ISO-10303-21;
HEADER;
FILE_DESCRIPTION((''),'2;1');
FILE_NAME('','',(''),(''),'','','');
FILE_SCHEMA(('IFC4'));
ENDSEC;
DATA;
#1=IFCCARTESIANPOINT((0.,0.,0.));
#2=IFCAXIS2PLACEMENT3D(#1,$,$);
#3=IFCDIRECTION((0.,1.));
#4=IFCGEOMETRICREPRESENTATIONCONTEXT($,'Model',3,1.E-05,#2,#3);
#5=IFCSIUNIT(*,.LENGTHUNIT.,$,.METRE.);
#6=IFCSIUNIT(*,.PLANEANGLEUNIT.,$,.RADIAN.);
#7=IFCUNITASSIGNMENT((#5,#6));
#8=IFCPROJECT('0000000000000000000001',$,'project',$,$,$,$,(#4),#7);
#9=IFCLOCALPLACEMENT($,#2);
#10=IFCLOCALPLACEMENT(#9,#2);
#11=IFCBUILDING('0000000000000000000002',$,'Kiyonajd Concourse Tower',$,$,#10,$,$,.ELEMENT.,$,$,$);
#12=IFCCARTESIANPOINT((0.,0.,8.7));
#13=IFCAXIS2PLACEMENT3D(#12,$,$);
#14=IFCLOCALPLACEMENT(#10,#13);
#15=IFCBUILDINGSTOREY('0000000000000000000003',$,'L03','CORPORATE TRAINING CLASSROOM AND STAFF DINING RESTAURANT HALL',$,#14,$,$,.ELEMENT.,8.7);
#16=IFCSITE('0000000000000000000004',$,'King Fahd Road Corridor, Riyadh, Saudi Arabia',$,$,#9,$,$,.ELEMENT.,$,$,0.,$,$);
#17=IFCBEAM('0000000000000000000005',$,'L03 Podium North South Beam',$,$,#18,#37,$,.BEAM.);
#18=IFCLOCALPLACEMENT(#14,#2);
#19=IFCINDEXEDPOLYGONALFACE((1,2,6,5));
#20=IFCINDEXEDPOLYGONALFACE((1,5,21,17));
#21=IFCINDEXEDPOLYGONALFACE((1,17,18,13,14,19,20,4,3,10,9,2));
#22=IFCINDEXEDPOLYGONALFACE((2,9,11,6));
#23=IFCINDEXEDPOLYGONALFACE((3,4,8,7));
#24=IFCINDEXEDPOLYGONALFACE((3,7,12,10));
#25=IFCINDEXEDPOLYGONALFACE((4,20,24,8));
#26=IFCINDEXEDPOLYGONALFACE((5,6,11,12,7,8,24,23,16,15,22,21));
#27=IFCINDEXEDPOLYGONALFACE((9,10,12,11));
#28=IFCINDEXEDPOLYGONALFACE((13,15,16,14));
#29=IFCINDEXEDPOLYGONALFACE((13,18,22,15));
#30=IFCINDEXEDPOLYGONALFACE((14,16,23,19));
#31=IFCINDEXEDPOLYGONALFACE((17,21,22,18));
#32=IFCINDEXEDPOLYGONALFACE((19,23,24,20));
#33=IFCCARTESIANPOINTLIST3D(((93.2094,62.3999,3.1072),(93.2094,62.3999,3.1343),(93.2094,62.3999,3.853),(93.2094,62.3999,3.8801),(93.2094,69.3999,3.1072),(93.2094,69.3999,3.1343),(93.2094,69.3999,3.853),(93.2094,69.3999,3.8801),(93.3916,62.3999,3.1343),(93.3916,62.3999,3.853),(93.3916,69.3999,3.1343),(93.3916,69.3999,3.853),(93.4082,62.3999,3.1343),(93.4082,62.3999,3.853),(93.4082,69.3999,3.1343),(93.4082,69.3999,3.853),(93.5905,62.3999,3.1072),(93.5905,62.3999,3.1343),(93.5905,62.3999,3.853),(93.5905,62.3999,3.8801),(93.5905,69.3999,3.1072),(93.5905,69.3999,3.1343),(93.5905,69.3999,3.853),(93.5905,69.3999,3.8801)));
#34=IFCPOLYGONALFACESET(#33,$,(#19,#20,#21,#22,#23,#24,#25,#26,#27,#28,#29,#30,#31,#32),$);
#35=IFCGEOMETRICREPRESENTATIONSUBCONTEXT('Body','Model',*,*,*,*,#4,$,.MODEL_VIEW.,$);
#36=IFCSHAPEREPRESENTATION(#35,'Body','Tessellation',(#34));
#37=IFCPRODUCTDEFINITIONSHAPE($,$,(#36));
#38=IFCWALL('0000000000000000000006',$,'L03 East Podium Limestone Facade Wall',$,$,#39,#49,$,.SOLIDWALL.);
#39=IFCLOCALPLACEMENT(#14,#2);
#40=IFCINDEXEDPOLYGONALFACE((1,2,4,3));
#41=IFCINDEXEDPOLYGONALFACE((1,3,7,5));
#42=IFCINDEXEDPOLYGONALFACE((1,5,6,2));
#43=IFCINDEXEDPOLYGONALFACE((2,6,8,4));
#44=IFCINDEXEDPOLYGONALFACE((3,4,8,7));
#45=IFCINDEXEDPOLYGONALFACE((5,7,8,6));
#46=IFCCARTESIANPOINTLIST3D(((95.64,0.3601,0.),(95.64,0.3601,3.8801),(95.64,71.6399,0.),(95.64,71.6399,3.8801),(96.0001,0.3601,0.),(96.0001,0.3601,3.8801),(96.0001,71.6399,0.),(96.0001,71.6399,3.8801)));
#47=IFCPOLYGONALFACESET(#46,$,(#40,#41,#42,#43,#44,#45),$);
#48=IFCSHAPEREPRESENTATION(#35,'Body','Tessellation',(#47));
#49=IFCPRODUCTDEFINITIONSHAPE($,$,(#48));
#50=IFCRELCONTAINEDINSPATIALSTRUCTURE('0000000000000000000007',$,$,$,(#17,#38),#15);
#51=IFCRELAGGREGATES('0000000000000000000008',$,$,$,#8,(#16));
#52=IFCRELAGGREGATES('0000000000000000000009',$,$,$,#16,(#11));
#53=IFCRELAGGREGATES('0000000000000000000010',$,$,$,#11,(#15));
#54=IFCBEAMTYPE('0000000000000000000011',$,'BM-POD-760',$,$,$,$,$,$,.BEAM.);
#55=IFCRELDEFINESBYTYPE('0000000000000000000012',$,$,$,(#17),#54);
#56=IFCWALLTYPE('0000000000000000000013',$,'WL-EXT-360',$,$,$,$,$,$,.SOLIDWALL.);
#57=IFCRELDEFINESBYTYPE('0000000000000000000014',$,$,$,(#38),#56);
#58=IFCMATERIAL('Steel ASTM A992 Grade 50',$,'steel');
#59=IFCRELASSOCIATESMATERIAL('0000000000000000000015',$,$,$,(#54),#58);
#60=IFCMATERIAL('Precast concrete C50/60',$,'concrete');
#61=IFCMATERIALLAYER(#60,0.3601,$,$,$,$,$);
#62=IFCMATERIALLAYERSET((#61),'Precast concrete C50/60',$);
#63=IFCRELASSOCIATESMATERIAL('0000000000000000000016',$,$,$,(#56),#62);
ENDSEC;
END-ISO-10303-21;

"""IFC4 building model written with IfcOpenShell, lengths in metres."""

from ifc_helpers import new_model, si_unit, direction, frame, frame_2d, origin, origin_2d, place, context, subcontext, project, spatial, rectangle, i_section, extrude, material, layer, layer_set, material_profile, profile_set, type_object, element, save


model = new_model("IFC4")

# Units and contexts
model_context = context("Model", 3, precision=1e-05, world=origin(), true_north=direction((0.0, 1.0)))
body_context = subcontext(model_context, "Body", "Model", "MODEL_VIEW")
ifc_project = project(units=[si_unit("LENGTHUNIT", "METRE"), si_unit("PLANEANGLEUNIT", "RADIAN")], contexts=[model_context])

# Site, building, storey
site_placement = place(None, origin())
site = spatial("IfcSite", under=ifc_project, at=site_placement, Name="King Fahd Road Corridor, Riyadh, Saudi Arabia", CompositionType="ELEMENT", RefElevation=0.0)
building_placement = place(site_placement, origin())
building = spatial("IfcBuilding", under=site, at=building_placement, Name="Kiyonajd Concourse Tower", CompositionType="ELEMENT")
storey_placement = place(building_placement, frame((0.0, 0.0, 8.7)))
storey = spatial("IfcBuildingStorey", under=building, at=storey_placement, Name="L03", Description="CORPORATE TRAINING CLASSROOM AND STAFF DINING RESTAURANT HALL", CompositionType="ELEMENT", Elevation=8.7)

# Beam
ifc_material_1 = material(Name="Steel ASTM A992 Grade 50", Category="steel")
ifc_material_profile_1 = material_profile(ifc_material_1, i_section(OverallWidth=0.3811, OverallDepth=0.7729, WebThickness=0.0166, FlangeThickness=0.0271, at=origin_2d()), Name="W760X257")
ifc_profile_set_1 = profile_set([ifc_material_profile_1], Name="Steel ASTM A992 Grade 50")
beam_type = type_object("IfcBeamType", Name="BM-POD-760", PredefinedType="BEAM", material=ifc_profile_set_1)
beam_1_placement = place(storey_placement, frame((93.3999, 62.3999, 3.4937), z_axis=(0.0, 1.0, 0.0), x_axis=(-1.0, 0.0, 0.0)))
element("IfcBeam", 1, at=beam_1_placement, inside=storey, type_object=beam_type, Name="L03 Podium North South Beam", PredefinedType="BEAM", context=body_context, shape_type="SweptSolid", body=[
    extrude(i_section(OverallWidth=0.3811, OverallDepth=0.7729, WebThickness=0.0166, FlangeThickness=0.0271, at=origin_2d()), origin(), (0.0, 0.0, 1.0), 7.0),
])

# Wall
ifc_material_2 = material(Name="Precast concrete C50/60", Category="concrete")
ifc_layer = layer(ifc_material_2, 0.3601)
ifc_layer_set = layer_set([ifc_layer], Name="Precast concrete C50/60")
wall_type = type_object("IfcWallType", Name="WL-EXT-360", PredefinedType="SOLIDWALL", material=ifc_layer_set)
wall_placement = place(storey_placement, frame((95.8201, 71.6399, 0.0), z_axis=(0.0, 0.0, 1.0), x_axis=(0.0, -1.0, 0.0)))
element("IfcWall", 2, at=wall_placement, inside=storey, type_object=wall_type, Name="L03 East Podium Limestone Facade Wall", PredefinedType="SOLIDWALL", context=body_context, shape_type="SweptSolid", body=[
    extrude(rectangle(XDim=71.2798, YDim=0.3601, at=frame_2d((35.6399, 0.0))), origin(), (0.0, 0.0, 1.0), 3.8801),
])

save(model, "model.ifc")
